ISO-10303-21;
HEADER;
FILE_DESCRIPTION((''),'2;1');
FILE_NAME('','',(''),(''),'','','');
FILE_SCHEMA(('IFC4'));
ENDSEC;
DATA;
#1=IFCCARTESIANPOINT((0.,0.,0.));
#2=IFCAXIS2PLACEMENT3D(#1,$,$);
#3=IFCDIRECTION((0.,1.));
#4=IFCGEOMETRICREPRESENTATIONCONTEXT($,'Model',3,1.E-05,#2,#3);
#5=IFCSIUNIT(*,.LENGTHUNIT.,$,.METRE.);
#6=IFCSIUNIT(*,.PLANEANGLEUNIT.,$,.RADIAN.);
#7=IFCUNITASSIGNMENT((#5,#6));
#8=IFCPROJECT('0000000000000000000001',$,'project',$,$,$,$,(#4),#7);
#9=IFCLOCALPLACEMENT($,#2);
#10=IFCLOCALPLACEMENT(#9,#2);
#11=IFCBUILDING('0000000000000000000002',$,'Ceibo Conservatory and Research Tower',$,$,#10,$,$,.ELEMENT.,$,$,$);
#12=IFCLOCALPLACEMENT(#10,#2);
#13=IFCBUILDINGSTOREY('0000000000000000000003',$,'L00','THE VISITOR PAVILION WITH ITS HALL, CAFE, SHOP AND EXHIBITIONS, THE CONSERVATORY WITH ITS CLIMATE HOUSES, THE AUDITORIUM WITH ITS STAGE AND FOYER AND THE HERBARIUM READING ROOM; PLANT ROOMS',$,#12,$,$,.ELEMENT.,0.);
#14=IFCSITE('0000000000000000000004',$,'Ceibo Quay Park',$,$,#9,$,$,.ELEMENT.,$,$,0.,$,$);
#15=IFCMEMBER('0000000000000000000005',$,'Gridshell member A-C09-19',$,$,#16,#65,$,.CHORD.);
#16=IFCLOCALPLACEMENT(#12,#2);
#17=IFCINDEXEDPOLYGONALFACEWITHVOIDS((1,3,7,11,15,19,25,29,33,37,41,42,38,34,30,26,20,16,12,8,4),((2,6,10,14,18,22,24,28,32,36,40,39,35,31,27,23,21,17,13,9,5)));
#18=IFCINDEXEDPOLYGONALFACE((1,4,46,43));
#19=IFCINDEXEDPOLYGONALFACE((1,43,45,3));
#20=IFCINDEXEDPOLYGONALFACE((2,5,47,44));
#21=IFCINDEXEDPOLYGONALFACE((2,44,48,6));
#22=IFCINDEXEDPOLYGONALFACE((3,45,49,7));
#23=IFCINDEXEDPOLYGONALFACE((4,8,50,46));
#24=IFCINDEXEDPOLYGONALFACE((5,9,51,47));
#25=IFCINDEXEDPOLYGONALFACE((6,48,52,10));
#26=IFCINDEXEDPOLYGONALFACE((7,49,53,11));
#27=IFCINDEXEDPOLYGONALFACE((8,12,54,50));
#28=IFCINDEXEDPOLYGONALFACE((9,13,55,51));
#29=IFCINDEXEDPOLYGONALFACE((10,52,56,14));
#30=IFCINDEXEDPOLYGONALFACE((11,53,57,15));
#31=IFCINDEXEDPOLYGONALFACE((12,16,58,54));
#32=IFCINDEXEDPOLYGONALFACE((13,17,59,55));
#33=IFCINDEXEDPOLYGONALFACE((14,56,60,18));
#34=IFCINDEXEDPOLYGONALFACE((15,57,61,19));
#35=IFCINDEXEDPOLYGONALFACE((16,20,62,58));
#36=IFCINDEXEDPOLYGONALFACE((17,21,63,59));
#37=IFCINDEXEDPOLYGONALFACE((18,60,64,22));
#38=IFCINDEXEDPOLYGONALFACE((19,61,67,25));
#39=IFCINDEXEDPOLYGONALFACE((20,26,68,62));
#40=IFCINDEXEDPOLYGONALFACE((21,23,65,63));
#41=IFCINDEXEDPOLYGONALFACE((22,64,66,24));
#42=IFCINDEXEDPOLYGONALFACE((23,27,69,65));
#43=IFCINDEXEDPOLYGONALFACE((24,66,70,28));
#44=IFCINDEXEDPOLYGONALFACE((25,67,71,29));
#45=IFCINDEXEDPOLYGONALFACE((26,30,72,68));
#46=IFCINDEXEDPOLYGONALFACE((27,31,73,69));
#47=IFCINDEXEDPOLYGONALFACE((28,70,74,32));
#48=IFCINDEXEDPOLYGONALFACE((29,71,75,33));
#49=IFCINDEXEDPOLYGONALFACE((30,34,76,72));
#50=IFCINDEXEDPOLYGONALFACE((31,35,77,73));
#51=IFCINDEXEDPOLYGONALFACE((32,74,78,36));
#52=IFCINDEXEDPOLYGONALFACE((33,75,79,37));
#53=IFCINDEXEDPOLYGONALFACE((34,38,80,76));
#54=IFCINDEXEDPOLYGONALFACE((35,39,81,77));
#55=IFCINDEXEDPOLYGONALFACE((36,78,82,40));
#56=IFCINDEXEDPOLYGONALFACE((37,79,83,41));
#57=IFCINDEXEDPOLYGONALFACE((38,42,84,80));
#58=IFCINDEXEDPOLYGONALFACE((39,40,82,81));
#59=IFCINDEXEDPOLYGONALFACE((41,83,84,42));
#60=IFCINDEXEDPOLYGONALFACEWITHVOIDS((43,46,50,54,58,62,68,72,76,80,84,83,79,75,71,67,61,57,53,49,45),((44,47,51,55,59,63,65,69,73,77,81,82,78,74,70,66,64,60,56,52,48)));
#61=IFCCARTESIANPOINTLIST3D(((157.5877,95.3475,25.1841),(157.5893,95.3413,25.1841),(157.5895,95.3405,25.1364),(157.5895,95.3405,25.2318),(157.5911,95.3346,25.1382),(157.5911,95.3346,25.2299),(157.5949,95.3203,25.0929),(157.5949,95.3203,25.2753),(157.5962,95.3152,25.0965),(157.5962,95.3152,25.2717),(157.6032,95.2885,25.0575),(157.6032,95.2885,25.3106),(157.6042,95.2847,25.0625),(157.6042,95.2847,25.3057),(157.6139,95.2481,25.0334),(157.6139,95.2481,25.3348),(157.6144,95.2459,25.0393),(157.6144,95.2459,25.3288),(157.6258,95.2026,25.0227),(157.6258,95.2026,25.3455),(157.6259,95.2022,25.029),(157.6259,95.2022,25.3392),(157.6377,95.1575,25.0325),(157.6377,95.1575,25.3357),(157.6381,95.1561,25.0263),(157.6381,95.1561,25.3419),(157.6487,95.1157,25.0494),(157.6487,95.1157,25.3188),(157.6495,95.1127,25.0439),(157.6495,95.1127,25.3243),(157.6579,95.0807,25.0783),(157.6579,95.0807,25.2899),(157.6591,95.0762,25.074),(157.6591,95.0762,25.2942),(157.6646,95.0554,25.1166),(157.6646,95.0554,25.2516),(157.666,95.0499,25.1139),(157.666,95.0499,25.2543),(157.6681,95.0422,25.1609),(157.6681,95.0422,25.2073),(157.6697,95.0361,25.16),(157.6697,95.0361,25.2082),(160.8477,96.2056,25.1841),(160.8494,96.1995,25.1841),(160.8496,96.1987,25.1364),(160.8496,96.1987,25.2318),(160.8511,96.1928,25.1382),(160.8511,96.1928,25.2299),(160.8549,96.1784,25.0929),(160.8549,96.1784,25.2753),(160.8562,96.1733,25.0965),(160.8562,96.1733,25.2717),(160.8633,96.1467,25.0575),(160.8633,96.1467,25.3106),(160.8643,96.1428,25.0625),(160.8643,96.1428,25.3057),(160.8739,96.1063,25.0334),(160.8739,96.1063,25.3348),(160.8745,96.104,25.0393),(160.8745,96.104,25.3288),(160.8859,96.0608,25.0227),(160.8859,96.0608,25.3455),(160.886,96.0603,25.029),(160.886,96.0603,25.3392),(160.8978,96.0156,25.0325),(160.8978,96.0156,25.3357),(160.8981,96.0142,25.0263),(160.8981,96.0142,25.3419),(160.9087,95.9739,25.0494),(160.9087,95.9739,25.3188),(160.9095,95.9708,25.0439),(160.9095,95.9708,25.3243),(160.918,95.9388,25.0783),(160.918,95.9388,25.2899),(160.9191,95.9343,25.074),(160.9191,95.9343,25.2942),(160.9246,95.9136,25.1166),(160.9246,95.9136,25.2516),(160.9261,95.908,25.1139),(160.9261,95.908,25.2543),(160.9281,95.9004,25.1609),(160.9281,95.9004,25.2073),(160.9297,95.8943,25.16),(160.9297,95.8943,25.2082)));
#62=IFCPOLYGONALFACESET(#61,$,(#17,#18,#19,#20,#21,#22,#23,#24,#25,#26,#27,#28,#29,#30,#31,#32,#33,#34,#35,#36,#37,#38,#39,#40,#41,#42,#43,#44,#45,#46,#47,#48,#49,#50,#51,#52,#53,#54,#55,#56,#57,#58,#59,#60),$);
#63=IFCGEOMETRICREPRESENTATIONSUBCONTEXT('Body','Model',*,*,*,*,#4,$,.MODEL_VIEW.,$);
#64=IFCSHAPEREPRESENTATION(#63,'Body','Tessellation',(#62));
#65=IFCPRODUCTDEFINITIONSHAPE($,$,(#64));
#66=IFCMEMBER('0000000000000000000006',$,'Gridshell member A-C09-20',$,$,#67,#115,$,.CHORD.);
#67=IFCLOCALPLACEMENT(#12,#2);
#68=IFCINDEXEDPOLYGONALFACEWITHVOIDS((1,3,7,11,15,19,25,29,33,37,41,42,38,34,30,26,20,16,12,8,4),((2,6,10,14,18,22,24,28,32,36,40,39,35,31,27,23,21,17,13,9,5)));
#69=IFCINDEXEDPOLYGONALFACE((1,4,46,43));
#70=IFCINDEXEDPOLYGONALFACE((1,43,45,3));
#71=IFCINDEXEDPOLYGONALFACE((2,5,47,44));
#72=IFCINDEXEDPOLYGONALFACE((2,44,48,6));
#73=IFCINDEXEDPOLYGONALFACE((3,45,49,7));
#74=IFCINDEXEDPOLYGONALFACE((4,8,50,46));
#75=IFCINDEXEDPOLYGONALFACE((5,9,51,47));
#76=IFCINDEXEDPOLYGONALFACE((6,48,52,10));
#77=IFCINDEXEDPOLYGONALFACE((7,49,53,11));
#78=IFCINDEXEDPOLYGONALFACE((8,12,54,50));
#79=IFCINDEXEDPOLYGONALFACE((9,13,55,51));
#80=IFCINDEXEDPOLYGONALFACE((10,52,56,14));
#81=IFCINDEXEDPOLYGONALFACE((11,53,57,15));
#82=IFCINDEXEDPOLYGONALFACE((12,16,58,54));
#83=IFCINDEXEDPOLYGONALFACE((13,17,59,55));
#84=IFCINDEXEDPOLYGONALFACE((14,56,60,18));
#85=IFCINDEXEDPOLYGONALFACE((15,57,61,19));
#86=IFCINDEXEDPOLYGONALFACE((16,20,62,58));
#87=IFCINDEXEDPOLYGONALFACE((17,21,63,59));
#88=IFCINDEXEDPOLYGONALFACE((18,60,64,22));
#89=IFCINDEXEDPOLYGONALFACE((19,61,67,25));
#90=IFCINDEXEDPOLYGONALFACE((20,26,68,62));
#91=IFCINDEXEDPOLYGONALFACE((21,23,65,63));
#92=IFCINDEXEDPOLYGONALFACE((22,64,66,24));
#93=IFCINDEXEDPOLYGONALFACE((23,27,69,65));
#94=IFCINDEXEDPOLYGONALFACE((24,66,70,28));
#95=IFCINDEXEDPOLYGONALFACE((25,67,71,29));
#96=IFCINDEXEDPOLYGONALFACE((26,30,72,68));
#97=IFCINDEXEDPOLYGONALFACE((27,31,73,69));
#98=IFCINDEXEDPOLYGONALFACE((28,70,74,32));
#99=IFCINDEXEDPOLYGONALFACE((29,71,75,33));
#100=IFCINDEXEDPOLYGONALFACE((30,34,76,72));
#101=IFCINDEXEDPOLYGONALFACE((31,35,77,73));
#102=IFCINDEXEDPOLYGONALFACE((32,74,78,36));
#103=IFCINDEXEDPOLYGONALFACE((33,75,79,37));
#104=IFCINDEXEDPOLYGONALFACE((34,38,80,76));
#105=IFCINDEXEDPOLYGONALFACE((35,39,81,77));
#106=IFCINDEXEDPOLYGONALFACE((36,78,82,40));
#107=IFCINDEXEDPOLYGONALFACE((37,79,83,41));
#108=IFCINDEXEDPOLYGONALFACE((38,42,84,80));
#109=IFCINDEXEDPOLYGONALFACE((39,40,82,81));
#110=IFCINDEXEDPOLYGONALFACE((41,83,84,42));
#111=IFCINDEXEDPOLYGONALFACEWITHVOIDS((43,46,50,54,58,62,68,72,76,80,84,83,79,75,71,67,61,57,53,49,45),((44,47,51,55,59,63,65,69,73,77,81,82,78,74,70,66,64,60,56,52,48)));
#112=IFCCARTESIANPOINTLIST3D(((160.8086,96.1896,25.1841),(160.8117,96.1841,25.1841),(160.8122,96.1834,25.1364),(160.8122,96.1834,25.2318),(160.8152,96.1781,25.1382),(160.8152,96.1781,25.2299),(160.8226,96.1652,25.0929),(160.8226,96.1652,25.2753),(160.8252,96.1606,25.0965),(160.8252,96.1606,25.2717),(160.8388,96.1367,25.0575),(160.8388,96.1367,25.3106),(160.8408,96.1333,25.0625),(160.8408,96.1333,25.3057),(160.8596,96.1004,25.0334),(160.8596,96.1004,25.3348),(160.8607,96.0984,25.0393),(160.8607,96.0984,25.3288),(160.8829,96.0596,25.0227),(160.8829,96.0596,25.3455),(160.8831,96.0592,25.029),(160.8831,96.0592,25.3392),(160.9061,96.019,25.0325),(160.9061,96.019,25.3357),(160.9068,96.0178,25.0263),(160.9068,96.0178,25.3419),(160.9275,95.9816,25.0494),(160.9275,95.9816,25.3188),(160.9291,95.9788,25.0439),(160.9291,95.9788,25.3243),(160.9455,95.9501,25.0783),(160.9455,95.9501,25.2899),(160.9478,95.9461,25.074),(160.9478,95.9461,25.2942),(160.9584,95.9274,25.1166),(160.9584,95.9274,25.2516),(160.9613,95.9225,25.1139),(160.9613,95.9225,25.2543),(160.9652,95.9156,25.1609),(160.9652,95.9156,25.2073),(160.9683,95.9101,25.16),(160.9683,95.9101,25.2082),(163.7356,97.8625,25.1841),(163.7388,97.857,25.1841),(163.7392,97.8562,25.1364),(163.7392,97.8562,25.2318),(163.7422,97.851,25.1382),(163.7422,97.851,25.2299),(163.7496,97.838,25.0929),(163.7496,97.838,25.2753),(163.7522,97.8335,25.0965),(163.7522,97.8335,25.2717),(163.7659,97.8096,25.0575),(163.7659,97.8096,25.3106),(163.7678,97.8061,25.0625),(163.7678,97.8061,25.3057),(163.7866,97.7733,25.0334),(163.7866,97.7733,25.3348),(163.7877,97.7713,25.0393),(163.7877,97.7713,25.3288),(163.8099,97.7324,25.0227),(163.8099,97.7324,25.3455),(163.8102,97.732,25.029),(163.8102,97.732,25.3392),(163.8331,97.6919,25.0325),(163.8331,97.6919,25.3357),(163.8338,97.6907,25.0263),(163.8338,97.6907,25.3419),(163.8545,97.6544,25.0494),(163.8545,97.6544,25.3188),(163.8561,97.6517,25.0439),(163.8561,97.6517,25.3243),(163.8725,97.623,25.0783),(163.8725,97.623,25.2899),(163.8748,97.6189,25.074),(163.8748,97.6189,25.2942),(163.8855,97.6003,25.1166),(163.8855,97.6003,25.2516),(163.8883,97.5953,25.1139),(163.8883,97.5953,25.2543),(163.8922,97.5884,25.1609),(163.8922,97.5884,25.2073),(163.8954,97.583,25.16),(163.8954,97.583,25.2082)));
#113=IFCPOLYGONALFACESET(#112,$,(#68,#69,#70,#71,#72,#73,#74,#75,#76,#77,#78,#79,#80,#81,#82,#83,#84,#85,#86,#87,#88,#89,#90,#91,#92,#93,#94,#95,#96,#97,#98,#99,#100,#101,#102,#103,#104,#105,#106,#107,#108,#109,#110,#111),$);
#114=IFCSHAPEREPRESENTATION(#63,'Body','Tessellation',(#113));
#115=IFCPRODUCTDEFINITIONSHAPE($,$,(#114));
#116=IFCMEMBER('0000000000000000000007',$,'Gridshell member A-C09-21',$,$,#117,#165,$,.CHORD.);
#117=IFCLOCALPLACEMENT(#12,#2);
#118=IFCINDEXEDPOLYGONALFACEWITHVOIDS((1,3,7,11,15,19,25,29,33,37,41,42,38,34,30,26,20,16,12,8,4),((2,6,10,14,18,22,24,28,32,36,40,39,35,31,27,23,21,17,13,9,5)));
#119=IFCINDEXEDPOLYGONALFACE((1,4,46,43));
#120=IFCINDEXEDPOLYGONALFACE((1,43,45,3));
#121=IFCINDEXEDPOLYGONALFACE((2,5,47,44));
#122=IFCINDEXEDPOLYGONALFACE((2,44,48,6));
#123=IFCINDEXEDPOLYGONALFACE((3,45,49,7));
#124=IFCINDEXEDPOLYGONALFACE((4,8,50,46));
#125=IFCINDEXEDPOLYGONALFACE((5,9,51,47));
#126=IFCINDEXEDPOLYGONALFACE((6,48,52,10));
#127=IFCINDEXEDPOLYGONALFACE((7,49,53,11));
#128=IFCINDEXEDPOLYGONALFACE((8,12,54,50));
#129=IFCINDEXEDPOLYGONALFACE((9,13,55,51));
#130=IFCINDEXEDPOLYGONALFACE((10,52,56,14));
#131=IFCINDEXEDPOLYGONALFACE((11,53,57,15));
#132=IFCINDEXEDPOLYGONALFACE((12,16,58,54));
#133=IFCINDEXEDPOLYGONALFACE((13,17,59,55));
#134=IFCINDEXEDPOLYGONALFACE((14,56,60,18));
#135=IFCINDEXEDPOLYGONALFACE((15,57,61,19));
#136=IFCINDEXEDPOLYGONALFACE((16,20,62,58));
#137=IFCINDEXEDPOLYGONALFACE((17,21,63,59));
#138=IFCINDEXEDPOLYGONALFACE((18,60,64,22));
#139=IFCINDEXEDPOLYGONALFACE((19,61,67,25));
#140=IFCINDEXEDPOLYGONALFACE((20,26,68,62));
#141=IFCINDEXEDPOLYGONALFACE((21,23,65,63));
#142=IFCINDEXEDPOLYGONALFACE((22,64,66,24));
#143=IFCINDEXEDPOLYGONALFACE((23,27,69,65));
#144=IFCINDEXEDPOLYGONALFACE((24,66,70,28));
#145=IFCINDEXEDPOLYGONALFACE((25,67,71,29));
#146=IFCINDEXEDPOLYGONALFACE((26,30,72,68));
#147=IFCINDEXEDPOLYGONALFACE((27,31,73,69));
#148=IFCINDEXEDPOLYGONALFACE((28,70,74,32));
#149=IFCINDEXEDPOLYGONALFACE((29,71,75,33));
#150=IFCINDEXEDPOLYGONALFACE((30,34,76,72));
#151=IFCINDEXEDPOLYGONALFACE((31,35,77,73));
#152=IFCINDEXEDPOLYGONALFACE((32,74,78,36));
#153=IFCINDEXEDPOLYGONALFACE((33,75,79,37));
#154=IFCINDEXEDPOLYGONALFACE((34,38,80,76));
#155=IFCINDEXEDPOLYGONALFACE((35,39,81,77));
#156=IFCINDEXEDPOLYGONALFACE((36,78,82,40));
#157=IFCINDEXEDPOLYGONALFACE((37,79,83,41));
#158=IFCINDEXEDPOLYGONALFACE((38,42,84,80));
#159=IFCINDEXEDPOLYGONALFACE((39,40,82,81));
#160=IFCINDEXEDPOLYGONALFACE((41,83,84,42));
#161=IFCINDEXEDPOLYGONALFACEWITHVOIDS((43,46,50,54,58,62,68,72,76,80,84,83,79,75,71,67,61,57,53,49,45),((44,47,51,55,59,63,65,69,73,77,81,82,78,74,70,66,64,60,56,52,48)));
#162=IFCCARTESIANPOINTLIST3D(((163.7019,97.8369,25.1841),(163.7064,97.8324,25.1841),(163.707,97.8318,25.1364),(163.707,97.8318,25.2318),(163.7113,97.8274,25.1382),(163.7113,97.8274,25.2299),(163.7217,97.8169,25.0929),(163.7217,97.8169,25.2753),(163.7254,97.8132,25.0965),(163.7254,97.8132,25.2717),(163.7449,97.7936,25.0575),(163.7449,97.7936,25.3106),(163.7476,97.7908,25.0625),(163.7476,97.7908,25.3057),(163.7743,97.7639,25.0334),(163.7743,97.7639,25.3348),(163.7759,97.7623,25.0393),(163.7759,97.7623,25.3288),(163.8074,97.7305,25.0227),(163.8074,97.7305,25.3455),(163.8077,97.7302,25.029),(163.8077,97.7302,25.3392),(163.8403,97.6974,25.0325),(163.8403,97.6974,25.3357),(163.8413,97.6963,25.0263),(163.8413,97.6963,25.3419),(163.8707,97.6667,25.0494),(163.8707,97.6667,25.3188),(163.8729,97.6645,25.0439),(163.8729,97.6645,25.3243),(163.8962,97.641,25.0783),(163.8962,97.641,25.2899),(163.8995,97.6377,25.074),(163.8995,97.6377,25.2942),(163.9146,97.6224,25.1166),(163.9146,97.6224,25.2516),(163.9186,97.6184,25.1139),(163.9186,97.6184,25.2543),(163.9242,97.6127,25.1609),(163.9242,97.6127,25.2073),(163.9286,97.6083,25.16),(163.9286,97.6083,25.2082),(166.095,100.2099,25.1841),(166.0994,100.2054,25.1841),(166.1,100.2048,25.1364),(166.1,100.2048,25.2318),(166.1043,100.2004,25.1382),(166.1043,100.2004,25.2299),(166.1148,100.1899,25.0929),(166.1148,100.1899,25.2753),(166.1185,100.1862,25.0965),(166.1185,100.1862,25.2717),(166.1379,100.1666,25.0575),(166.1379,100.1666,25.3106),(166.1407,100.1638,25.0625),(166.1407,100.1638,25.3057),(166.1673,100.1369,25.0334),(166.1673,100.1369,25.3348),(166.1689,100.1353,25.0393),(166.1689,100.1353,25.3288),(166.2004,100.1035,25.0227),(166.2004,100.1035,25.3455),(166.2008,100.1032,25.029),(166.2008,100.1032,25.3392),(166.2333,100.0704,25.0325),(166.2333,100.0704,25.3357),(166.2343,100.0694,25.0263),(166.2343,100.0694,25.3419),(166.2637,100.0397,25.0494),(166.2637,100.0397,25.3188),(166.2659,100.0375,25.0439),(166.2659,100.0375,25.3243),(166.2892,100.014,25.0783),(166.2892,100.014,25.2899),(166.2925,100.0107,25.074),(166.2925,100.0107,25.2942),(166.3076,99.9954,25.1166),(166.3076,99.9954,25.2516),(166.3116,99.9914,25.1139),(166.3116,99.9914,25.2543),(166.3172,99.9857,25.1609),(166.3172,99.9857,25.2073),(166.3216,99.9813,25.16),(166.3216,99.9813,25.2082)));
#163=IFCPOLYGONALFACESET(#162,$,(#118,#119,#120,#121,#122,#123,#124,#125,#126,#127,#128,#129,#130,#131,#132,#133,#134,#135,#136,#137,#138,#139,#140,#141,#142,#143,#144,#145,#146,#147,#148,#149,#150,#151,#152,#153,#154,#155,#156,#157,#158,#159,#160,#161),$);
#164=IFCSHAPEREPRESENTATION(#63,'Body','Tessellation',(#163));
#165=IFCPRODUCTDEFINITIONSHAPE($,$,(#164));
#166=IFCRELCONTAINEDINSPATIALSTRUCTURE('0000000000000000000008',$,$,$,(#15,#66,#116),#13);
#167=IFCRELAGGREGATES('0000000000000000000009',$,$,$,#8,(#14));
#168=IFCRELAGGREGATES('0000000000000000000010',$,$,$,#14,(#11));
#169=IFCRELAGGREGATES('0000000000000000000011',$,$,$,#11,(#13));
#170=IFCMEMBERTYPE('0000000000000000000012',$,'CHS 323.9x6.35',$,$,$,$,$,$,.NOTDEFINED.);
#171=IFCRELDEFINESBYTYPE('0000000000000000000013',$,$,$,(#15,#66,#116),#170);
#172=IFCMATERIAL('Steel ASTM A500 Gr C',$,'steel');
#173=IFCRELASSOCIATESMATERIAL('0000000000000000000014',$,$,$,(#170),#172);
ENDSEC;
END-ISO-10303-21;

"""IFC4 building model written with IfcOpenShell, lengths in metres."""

from ifc_helpers import new_model, si_unit, direction, frame, origin, origin_2d, place, context, subcontext, project, spatial, hollow_circle, extrude, material, material_profile, profile_set, type_object, element, save


model = new_model("IFC4")

# Units and contexts
model_context = context("Model", 3, precision=1e-05, world=origin(), true_north=direction((0.0, 1.0)))
body_context = subcontext(model_context, "Body", "Model", "MODEL_VIEW")
ifc_project = project(units=[si_unit("LENGTHUNIT", "METRE"), si_unit("PLANEANGLEUNIT", "RADIAN")], contexts=[model_context])

# Site, building, storey
site_placement = place(None, origin())
site = spatial("IfcSite", under=ifc_project, at=site_placement, Name="Ceibo Quay Park", CompositionType="ELEMENT", RefElevation=0.0)
building_placement = place(site_placement, origin())
building = spatial("IfcBuilding", under=site, at=building_placement, Name="Ceibo Conservatory and Research Tower", CompositionType="ELEMENT")
storey_placement = place(building_placement, origin())
storey = spatial("IfcBuildingStorey", under=building, at=storey_placement, Name="L00", Description="THE VISITOR PAVILION WITH ITS HALL, CAFE, SHOP AND EXHIBITIONS, THE CONSERVATORY WITH ITS CLIMATE HOUSES, THE AUDITORIUM WITH ITS STAGE AND FOYER AND THE HERBARIUM READING ROOM; PLANT ROOMS", CompositionType="ELEMENT", Elevation=0.0)

# Members
ifc_material_1 = material(Name="Steel ASTM A500 Gr C", Category="steel")
ifc_material_profile_1 = material_profile(ifc_material_1, hollow_circle(Radius=0.1619, WallThickness=0.0063, at=origin_2d()), Name="CHS 323.9x6.35")
ifc_profile_set_1 = profile_set([ifc_material_profile_1], Name="Steel ASTM A500 Gr C")
member_type_1 = type_object("IfcMemberType", Name="CHS 323.9x6.35", PredefinedType="NOTDEFINED", material=ifc_profile_set_1)
member_1_placement = place(storey_placement, frame((157.6289, 95.1909, 25.1841), z_axis=(0.967056, 0.254565, 0.0), x_axis=(-0.254565, 0.967056, 0.0)))
element("IfcMember", 1, at=member_1_placement, inside=storey, type_object=member_type_1, Name="Gridshell member A-C09-19", PredefinedType="CHORD", context=body_context, shape_type="SweptSolid", body=[
    extrude(hollow_circle(Radius=0.1619, WallThickness=0.0063, at=origin_2d()), origin(), (0.0, 0.0, 1.0), 3.3711),
])
member_2_placement = place(storey_placement, frame((160.8889, 96.0491, 25.1841), z_axis=(0.868207, 0.496201, 0.0), x_axis=(-0.496201, 0.868207, 0.0)))
element("IfcMember", 2, at=member_2_placement, inside=storey, type_object=member_type_1, Name="Gridshell member A-C09-20", PredefinedType="CHORD", context=body_context, shape_type="SweptSolid", body=[
    extrude(hollow_circle(Radius=0.1619, WallThickness=0.0063, at=origin_2d()), origin(), (0.0, 0.0, 1.0), 3.3713),
])
member_3_placement = place(storey_placement, frame((163.8159, 97.7219, 25.1841), z_axis=(0.710071, 0.70413, 0.0), x_axis=(-0.70413, 0.710071, 0.0)))
element("IfcMember", 3, at=member_3_placement, inside=storey, type_object=member_type_1, Name="Gridshell member A-C09-21", PredefinedType="CHORD", context=body_context, shape_type="SweptSolid", body=[
    extrude(hollow_circle(Radius=0.1619, WallThickness=0.0063, at=origin_2d()), origin(), (0.0, 0.0, 1.0), 3.3701),
])

save(model, "model.ifc")
